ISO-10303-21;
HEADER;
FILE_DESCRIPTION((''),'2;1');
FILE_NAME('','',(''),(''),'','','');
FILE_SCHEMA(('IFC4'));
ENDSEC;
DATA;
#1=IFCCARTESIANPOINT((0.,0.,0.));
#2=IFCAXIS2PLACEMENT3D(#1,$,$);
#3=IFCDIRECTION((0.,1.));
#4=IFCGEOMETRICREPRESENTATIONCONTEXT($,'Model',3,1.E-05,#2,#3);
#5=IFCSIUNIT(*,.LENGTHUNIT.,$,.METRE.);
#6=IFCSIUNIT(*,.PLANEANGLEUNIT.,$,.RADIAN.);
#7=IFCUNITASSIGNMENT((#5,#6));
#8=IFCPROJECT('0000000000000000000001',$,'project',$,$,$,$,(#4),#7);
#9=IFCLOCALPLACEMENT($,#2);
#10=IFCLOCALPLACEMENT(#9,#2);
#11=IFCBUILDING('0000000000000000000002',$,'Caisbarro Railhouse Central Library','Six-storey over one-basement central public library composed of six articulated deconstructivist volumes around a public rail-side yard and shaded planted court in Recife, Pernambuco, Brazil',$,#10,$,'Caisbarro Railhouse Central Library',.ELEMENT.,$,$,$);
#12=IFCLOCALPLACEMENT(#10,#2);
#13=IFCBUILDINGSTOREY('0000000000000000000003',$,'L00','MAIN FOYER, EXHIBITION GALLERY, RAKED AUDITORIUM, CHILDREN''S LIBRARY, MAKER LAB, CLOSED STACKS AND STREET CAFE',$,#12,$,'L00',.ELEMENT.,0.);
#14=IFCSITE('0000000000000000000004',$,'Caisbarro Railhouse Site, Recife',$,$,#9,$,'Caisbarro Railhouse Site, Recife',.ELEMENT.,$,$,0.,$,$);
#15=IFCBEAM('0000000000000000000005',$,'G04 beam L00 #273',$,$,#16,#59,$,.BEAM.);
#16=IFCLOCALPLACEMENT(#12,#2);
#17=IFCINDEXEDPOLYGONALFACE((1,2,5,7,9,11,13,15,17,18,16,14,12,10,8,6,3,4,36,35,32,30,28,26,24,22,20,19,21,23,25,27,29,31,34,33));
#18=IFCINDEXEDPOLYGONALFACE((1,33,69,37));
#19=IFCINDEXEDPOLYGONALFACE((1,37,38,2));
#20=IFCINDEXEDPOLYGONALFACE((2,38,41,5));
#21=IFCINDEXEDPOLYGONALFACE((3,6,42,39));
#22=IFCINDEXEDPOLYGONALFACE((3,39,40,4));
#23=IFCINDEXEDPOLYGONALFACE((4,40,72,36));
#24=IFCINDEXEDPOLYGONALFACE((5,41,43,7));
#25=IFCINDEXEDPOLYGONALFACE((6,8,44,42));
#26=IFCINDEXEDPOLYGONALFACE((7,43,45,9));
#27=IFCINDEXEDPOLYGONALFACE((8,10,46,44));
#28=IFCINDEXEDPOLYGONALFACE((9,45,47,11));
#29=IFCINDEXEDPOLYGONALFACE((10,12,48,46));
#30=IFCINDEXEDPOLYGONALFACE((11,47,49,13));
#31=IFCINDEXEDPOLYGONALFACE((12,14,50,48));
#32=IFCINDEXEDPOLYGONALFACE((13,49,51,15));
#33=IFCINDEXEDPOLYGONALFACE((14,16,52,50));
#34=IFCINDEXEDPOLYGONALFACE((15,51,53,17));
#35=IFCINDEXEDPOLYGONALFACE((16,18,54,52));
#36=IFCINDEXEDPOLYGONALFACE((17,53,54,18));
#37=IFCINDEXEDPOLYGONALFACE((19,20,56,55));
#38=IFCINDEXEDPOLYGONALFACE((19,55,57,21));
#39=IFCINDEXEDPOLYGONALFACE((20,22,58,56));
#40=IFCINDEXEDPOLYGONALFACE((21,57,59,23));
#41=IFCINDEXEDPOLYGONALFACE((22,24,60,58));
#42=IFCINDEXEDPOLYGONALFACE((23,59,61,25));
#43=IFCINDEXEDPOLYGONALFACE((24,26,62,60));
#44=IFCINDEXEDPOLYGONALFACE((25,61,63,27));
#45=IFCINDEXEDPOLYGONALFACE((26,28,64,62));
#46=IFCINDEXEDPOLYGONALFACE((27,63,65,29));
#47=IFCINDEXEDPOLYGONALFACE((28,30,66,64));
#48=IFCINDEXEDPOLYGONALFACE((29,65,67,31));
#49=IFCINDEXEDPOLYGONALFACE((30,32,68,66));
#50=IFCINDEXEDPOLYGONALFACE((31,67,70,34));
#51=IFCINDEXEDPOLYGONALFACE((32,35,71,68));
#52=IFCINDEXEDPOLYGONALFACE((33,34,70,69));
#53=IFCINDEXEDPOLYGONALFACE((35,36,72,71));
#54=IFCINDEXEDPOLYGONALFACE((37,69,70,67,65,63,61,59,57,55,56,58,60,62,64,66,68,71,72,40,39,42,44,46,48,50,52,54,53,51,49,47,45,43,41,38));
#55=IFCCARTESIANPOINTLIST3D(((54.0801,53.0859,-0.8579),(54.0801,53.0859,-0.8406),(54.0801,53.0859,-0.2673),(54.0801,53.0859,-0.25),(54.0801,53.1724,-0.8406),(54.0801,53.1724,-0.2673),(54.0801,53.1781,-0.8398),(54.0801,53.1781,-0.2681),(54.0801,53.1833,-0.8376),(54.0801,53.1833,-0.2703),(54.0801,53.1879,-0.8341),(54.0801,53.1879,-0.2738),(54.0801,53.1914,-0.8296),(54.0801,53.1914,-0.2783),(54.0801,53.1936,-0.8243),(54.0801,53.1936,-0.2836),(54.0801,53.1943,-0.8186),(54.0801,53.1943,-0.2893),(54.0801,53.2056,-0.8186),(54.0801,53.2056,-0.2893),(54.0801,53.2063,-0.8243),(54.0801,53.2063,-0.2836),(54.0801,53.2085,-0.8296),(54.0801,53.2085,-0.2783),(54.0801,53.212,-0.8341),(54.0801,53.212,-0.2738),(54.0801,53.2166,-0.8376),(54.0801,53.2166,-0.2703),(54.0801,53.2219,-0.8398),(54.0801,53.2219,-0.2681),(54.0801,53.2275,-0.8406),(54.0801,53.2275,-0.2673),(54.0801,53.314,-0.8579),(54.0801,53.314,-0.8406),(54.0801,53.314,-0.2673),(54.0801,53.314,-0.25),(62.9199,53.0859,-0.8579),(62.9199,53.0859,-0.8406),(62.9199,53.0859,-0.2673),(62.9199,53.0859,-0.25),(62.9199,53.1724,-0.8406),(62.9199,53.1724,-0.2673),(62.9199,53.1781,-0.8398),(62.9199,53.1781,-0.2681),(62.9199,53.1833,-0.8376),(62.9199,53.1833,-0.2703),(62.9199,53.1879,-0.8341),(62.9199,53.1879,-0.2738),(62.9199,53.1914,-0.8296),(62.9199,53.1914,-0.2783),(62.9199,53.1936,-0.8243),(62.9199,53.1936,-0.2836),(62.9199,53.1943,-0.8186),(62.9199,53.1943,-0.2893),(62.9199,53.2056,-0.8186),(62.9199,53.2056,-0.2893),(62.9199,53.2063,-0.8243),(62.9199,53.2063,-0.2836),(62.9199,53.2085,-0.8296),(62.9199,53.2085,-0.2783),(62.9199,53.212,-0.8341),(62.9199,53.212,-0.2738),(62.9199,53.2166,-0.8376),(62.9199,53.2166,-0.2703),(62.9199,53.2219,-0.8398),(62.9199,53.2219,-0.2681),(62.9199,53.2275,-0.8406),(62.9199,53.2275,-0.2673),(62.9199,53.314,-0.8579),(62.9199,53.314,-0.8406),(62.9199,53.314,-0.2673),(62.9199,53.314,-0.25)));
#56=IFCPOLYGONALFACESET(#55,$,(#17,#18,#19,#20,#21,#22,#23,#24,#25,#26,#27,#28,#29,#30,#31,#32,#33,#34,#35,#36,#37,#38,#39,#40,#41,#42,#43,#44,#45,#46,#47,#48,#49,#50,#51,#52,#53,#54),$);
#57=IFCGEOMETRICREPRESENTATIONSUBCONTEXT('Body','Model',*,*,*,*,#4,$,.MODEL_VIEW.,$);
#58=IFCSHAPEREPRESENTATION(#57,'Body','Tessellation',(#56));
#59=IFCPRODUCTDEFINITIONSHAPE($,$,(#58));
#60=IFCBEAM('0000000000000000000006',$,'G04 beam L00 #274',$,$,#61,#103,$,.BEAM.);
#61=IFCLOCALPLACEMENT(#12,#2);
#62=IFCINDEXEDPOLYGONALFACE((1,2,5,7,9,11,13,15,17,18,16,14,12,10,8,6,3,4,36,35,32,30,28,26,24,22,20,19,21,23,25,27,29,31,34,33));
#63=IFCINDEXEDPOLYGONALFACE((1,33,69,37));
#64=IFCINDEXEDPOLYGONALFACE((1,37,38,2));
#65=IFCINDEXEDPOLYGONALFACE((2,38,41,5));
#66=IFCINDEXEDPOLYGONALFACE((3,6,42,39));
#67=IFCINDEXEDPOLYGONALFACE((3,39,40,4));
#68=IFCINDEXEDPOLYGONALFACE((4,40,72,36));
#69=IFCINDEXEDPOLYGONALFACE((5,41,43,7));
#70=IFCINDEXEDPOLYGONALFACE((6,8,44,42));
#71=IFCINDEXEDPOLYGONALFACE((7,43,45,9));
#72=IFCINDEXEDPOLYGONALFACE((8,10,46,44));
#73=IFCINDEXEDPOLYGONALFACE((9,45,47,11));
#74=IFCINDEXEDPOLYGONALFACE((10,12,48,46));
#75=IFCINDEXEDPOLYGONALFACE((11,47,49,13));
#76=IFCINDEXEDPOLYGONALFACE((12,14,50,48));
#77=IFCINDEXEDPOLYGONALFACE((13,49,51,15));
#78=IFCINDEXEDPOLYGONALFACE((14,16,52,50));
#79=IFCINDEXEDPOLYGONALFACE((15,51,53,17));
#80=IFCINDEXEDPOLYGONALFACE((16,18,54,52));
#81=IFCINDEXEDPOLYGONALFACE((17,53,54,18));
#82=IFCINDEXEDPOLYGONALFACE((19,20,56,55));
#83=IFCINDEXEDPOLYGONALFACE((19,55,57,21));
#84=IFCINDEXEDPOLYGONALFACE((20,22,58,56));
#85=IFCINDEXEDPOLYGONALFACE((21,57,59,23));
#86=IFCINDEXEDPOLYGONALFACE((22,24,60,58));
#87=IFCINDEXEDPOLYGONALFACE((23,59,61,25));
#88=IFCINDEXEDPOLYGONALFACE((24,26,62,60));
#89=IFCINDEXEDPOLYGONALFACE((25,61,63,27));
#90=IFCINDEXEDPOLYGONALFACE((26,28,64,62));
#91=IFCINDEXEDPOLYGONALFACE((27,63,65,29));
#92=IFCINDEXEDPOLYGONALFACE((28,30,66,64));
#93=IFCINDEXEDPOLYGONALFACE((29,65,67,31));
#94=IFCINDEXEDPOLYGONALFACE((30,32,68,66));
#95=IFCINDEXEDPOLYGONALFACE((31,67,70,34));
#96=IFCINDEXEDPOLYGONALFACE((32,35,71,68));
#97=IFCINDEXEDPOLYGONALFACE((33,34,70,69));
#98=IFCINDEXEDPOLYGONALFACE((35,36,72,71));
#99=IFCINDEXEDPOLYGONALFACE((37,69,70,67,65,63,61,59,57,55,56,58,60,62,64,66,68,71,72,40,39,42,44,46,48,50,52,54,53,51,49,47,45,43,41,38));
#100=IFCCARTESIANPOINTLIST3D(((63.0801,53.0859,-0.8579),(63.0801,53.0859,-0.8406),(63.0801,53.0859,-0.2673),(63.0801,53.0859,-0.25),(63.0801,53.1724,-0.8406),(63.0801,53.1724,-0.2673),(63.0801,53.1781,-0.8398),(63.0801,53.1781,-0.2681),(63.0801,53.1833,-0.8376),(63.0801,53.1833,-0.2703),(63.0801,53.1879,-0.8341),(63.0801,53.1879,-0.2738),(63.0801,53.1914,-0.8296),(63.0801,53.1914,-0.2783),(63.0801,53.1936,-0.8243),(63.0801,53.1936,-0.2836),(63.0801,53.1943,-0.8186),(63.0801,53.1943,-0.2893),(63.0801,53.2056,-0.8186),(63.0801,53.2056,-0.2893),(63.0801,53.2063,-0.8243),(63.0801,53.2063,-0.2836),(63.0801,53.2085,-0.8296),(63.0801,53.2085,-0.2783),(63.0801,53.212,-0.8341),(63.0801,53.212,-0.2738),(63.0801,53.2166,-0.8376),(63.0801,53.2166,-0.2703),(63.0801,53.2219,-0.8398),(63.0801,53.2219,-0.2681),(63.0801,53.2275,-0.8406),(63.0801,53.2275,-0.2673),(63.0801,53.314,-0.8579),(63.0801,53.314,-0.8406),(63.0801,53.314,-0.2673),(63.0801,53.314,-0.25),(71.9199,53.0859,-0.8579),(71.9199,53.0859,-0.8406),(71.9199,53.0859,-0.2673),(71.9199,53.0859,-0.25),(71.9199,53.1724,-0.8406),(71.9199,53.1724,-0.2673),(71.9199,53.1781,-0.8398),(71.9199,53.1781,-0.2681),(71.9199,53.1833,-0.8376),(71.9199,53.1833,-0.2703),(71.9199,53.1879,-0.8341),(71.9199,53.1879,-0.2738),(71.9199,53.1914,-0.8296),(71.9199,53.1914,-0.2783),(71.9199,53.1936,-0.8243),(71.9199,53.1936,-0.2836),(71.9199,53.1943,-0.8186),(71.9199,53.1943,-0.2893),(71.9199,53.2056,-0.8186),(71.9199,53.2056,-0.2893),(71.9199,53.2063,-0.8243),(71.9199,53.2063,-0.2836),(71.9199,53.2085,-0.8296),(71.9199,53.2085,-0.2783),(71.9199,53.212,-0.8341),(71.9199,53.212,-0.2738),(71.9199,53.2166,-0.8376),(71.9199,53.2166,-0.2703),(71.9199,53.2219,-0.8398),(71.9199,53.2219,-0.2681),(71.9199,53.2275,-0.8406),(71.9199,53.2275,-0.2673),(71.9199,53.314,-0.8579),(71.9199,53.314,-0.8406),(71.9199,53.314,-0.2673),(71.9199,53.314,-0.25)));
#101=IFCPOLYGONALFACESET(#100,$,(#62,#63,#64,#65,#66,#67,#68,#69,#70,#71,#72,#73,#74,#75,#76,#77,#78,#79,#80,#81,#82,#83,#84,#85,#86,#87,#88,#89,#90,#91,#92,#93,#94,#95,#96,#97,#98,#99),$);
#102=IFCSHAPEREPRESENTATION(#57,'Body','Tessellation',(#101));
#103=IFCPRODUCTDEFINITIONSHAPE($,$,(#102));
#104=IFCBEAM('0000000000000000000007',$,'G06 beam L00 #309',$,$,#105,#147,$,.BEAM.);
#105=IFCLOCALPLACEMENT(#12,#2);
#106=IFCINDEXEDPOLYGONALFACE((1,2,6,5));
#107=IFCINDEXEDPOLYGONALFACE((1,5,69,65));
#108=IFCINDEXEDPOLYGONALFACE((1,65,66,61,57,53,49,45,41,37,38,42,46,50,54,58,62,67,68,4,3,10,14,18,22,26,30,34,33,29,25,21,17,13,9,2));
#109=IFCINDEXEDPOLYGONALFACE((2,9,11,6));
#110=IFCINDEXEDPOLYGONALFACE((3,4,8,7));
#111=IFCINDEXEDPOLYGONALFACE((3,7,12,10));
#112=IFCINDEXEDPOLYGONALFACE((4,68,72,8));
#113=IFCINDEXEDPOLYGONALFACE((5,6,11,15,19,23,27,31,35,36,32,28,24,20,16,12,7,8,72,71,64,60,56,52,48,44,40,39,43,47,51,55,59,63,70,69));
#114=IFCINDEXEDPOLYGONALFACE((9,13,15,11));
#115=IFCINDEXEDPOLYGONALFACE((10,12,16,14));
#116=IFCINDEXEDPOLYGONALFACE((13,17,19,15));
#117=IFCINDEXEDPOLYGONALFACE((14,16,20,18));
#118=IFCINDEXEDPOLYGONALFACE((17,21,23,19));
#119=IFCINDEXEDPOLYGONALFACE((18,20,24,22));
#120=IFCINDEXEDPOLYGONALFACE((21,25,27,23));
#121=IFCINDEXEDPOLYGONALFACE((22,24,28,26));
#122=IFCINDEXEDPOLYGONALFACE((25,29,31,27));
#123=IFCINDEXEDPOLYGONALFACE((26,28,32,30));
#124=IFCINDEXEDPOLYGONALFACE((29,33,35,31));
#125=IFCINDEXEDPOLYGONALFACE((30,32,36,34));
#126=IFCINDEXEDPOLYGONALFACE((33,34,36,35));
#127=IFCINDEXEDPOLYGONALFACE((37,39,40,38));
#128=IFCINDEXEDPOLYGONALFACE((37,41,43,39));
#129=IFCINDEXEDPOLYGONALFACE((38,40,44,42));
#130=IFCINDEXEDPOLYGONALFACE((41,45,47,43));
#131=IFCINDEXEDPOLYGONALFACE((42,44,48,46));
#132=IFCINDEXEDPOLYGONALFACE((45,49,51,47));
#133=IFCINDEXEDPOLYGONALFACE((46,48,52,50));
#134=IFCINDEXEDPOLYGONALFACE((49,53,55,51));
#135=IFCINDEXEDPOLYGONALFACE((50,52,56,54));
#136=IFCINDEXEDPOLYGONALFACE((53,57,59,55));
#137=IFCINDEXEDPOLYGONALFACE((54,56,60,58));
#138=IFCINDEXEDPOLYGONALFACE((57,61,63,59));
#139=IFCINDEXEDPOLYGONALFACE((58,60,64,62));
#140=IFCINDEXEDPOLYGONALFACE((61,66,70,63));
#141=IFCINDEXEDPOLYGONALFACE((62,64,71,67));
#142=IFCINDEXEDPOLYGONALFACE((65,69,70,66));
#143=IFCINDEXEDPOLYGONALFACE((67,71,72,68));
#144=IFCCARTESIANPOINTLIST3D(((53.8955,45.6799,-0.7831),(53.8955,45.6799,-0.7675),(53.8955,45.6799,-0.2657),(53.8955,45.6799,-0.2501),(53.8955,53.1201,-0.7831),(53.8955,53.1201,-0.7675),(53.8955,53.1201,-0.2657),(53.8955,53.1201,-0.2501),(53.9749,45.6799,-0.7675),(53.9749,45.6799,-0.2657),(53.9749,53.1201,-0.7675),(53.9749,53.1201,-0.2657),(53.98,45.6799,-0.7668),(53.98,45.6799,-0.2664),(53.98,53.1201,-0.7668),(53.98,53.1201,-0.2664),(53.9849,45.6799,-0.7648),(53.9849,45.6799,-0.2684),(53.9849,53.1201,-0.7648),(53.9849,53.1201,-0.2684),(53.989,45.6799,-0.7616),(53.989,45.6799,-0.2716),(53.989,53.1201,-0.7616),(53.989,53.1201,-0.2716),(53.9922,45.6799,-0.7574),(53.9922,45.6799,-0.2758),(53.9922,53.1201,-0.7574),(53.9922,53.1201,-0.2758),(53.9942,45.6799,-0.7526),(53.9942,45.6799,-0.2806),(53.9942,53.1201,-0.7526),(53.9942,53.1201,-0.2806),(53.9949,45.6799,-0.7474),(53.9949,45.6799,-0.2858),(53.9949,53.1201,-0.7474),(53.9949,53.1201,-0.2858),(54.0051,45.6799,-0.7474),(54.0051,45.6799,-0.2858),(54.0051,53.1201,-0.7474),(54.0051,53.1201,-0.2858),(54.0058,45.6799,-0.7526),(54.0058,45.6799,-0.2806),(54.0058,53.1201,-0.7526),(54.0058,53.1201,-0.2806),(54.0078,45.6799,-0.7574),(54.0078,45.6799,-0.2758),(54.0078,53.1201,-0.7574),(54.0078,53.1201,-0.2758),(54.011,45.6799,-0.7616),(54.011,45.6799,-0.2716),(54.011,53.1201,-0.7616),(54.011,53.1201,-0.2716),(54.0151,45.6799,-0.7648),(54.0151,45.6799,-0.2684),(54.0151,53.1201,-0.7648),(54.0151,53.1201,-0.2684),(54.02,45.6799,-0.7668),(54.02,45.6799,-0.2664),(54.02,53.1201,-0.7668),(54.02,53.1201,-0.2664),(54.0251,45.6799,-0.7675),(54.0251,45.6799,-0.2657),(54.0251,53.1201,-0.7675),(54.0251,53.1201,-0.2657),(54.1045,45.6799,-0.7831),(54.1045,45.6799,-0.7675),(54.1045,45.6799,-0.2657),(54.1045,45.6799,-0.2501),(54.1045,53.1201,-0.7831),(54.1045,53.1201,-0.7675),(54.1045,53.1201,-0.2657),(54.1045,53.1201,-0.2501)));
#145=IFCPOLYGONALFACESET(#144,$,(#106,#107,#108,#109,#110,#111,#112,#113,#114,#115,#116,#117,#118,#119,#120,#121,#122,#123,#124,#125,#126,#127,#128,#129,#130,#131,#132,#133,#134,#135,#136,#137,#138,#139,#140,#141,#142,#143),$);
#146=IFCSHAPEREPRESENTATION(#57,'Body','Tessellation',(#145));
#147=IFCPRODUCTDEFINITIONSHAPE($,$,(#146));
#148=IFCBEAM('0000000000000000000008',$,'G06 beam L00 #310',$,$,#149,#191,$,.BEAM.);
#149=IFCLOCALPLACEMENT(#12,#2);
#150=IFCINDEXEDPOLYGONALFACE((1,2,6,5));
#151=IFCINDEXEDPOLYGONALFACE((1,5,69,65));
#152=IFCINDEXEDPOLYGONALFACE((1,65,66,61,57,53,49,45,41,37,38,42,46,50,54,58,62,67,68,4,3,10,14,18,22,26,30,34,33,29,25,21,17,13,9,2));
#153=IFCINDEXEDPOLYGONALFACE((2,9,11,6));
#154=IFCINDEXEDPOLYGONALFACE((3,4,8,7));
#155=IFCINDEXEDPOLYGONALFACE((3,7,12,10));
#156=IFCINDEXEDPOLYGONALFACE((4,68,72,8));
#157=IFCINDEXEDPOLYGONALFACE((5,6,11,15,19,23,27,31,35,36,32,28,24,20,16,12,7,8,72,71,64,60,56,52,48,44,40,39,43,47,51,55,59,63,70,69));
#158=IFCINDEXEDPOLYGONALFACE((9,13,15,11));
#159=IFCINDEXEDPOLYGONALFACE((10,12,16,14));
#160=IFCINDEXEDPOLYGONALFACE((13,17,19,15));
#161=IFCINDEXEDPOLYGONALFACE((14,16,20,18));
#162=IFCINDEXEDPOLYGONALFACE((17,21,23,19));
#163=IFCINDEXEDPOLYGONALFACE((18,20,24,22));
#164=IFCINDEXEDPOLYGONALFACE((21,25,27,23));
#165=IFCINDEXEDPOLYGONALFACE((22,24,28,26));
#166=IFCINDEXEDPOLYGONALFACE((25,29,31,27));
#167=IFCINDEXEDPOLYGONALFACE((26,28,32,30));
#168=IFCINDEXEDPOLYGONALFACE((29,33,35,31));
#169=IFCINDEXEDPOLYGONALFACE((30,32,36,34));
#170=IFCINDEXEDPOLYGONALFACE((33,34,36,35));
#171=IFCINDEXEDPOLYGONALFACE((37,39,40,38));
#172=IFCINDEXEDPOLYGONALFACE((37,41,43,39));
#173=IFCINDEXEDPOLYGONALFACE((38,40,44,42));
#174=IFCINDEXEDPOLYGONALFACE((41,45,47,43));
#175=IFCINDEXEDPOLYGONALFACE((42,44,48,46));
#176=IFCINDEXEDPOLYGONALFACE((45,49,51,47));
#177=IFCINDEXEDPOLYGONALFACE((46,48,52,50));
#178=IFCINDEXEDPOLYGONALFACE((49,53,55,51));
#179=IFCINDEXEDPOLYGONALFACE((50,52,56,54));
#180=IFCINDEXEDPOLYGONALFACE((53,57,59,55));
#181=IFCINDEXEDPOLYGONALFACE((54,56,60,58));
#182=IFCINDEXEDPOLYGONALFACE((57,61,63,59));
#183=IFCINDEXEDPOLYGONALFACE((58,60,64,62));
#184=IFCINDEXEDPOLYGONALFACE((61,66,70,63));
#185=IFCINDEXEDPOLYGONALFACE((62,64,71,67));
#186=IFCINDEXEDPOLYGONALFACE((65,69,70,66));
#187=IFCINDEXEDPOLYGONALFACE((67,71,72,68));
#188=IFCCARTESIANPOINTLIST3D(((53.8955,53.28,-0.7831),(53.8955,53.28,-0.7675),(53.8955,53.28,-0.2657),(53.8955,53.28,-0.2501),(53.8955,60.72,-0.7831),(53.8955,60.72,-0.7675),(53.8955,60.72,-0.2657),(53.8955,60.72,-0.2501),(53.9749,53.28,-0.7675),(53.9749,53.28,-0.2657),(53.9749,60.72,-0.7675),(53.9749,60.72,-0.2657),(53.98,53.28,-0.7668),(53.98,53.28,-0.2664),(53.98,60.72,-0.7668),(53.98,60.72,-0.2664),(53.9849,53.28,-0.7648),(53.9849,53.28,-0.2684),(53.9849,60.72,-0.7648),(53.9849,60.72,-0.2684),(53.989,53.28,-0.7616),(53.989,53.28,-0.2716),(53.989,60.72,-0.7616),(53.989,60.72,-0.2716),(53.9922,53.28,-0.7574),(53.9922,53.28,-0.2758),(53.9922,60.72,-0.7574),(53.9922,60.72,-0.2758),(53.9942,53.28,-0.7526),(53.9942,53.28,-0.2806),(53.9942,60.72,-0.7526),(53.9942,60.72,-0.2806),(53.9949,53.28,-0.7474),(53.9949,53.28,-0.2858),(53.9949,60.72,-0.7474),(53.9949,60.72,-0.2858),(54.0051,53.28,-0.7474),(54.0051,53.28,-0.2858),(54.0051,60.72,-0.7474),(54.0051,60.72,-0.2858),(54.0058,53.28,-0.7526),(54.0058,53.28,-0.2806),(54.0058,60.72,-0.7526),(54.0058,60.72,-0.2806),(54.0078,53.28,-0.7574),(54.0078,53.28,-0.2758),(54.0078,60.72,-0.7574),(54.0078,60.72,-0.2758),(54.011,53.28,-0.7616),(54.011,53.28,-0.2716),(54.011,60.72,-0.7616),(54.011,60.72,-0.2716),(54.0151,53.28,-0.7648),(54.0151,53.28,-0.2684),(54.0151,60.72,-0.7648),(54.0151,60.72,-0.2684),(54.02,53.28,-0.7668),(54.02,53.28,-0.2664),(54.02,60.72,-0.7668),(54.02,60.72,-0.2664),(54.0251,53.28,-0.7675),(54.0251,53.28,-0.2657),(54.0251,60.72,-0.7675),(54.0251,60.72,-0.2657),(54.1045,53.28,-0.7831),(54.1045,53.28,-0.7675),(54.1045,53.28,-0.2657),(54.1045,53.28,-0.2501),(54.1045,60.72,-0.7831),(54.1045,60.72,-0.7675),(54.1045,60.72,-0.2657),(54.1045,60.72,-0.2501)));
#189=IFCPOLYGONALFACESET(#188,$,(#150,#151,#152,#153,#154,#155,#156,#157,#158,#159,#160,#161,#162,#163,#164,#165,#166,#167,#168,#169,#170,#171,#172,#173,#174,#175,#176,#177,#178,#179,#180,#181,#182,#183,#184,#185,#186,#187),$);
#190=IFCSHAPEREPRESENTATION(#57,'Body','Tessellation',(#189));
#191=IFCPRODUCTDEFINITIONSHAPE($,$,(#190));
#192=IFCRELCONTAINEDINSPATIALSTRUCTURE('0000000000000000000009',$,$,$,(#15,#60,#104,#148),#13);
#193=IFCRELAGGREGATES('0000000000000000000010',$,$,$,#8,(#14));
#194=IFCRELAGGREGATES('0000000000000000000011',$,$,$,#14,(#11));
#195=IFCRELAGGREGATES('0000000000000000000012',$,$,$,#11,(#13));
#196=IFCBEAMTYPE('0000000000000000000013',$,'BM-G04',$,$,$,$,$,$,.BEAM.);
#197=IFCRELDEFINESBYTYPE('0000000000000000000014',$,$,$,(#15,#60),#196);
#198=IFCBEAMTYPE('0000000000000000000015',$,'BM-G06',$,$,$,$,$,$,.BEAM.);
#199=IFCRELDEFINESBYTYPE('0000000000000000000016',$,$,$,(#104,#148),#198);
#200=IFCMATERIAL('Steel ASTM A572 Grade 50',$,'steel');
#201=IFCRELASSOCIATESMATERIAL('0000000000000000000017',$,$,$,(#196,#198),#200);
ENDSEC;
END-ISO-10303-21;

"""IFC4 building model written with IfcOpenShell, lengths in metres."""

from ifc_helpers import new_model, si_unit, direction, frame, origin, origin_2d, place, context, subcontext, project, spatial, i_section, extrude, material, material_profile, profile_set, type_object, element, save


model = new_model("IFC4")

# Units and contexts
model_context = context("Model", 3, precision=1e-05, world=origin(), true_north=direction((0.0, 1.0)))
body_context = subcontext(model_context, "Body", "Model", "MODEL_VIEW")
ifc_project = project(units=[si_unit("LENGTHUNIT", "METRE"), si_unit("PLANEANGLEUNIT", "RADIAN")], contexts=[model_context])

# Site, building, storey
site_placement = place(None, origin())
site = spatial("IfcSite", under=ifc_project, at=site_placement, Name="Caisbarro Railhouse Site, Recife", LongName="Caisbarro Railhouse Site, Recife", CompositionType="ELEMENT", RefElevation=0.0)
building_placement = place(site_placement, origin())
building = spatial("IfcBuilding", under=site, at=building_placement, Name="Caisbarro Railhouse Central Library", Description="Six-storey over one-basement central public library composed of six articulated deconstructivist volumes around a public rail-side yard and shaded planted court in Recife, Pernambuco, Brazil", LongName="Caisbarro Railhouse Central Library", CompositionType="ELEMENT")
storey_placement = place(building_placement, origin())
storey = spatial("IfcBuildingStorey", under=building, at=storey_placement, Name="L00", Description="MAIN FOYER, EXHIBITION GALLERY, RAKED AUDITORIUM, CHILDREN'S LIBRARY, MAKER LAB, CLOSED STACKS AND STREET CAFE", LongName="L00", CompositionType="ELEMENT", Elevation=0.0)

# Shared definitions
ifc_material_1 = material(Name="Steel ASTM A572 Grade 50", Category="steel")

# Beams
ifc_material_profile_1 = material_profile(ifc_material_1, i_section(OverallWidth=0.228, OverallDepth=0.6079, WebThickness=0.0112, FlangeThickness=0.0173, FilletRadius=0.022, at=origin_2d()), Name="W610X113.0")
ifc_profile_set_1 = profile_set([ifc_material_profile_1], Name="Steel ASTM A572 Grade 50")
beam_type_1 = type_object("IfcBeamType", Name="BM-G04", PredefinedType="BEAM", material=ifc_profile_set_1)
for number, where, z_axis, x_axis, name in (
    (1, (54.0801, 53.2, -0.554), (1.0, 0.0, 0.0), (0.0, 1.0, 0.0), "G04 beam L00 #273"),
    (2, (63.0801, 53.2, -0.554), (1.0, 0.0, 0.0), (0.0, 1.0, 0.0), "G04 beam L00 #274"),
):
    element("IfcBeam", number, at=place(storey_placement, frame(where, z_axis=z_axis, x_axis=x_axis)), inside=storey, type_object=beam_type_1, Name=name, PredefinedType="BEAM", context=body_context, shape_type="SweptSolid", body=[
        extrude(i_section(OverallWidth=0.228, OverallDepth=0.6079, WebThickness=0.0112, FlangeThickness=0.0173, FilletRadius=0.022, at=origin_2d()), origin(), (0.0, 0.0, 1.0), 8.8398),
    ])
ifc_material_profile_2 = material_profile(ifc_material_1, i_section(OverallWidth=0.209, OverallDepth=0.533, WebThickness=0.0103, FlangeThickness=0.0156, FilletRadius=0.02, at=origin_2d()), Name="W530X92.0")
ifc_profile_set_2 = profile_set([ifc_material_profile_2], Name="Steel ASTM A572 Grade 50")
beam_type_2 = type_object("IfcBeamType", Name="BM-G06", PredefinedType="BEAM", material=ifc_profile_set_2)
beam_1_placement = place(storey_placement, frame((54.0, 45.6799, -0.5166), z_axis=(0.0, 1.0, 0.0), x_axis=(-1.0, 0.0, 0.0)))
element("IfcBeam", 3, at=beam_1_placement, inside=storey, type_object=beam_type_2, Name="G06 beam L00 #309", PredefinedType="BEAM", context=body_context, shape_type="SweptSolid", body=[
    extrude(i_section(OverallWidth=0.209, OverallDepth=0.533, WebThickness=0.0103, FlangeThickness=0.0156, FilletRadius=0.02, at=origin_2d()), origin(), (0.0, 0.0, 1.0), 7.4402),
])
beam_2_placement = place(storey_placement, frame((54.0, 53.28, -0.5166), z_axis=(0.0, 1.0, 0.0), x_axis=(-1.0, 0.0, 0.0)))
element("IfcBeam", 4, at=beam_2_placement, inside=storey, type_object=beam_type_2, Name="G06 beam L00 #310", PredefinedType="BEAM", context=body_context, shape_type="SweptSolid", body=[
    extrude(i_section(OverallWidth=0.209, OverallDepth=0.533, WebThickness=0.0103, FlangeThickness=0.0156, FilletRadius=0.02, at=origin_2d()), origin(), (0.0, 0.0, 1.0), 7.4399),
])

save(model, "model.ifc")
